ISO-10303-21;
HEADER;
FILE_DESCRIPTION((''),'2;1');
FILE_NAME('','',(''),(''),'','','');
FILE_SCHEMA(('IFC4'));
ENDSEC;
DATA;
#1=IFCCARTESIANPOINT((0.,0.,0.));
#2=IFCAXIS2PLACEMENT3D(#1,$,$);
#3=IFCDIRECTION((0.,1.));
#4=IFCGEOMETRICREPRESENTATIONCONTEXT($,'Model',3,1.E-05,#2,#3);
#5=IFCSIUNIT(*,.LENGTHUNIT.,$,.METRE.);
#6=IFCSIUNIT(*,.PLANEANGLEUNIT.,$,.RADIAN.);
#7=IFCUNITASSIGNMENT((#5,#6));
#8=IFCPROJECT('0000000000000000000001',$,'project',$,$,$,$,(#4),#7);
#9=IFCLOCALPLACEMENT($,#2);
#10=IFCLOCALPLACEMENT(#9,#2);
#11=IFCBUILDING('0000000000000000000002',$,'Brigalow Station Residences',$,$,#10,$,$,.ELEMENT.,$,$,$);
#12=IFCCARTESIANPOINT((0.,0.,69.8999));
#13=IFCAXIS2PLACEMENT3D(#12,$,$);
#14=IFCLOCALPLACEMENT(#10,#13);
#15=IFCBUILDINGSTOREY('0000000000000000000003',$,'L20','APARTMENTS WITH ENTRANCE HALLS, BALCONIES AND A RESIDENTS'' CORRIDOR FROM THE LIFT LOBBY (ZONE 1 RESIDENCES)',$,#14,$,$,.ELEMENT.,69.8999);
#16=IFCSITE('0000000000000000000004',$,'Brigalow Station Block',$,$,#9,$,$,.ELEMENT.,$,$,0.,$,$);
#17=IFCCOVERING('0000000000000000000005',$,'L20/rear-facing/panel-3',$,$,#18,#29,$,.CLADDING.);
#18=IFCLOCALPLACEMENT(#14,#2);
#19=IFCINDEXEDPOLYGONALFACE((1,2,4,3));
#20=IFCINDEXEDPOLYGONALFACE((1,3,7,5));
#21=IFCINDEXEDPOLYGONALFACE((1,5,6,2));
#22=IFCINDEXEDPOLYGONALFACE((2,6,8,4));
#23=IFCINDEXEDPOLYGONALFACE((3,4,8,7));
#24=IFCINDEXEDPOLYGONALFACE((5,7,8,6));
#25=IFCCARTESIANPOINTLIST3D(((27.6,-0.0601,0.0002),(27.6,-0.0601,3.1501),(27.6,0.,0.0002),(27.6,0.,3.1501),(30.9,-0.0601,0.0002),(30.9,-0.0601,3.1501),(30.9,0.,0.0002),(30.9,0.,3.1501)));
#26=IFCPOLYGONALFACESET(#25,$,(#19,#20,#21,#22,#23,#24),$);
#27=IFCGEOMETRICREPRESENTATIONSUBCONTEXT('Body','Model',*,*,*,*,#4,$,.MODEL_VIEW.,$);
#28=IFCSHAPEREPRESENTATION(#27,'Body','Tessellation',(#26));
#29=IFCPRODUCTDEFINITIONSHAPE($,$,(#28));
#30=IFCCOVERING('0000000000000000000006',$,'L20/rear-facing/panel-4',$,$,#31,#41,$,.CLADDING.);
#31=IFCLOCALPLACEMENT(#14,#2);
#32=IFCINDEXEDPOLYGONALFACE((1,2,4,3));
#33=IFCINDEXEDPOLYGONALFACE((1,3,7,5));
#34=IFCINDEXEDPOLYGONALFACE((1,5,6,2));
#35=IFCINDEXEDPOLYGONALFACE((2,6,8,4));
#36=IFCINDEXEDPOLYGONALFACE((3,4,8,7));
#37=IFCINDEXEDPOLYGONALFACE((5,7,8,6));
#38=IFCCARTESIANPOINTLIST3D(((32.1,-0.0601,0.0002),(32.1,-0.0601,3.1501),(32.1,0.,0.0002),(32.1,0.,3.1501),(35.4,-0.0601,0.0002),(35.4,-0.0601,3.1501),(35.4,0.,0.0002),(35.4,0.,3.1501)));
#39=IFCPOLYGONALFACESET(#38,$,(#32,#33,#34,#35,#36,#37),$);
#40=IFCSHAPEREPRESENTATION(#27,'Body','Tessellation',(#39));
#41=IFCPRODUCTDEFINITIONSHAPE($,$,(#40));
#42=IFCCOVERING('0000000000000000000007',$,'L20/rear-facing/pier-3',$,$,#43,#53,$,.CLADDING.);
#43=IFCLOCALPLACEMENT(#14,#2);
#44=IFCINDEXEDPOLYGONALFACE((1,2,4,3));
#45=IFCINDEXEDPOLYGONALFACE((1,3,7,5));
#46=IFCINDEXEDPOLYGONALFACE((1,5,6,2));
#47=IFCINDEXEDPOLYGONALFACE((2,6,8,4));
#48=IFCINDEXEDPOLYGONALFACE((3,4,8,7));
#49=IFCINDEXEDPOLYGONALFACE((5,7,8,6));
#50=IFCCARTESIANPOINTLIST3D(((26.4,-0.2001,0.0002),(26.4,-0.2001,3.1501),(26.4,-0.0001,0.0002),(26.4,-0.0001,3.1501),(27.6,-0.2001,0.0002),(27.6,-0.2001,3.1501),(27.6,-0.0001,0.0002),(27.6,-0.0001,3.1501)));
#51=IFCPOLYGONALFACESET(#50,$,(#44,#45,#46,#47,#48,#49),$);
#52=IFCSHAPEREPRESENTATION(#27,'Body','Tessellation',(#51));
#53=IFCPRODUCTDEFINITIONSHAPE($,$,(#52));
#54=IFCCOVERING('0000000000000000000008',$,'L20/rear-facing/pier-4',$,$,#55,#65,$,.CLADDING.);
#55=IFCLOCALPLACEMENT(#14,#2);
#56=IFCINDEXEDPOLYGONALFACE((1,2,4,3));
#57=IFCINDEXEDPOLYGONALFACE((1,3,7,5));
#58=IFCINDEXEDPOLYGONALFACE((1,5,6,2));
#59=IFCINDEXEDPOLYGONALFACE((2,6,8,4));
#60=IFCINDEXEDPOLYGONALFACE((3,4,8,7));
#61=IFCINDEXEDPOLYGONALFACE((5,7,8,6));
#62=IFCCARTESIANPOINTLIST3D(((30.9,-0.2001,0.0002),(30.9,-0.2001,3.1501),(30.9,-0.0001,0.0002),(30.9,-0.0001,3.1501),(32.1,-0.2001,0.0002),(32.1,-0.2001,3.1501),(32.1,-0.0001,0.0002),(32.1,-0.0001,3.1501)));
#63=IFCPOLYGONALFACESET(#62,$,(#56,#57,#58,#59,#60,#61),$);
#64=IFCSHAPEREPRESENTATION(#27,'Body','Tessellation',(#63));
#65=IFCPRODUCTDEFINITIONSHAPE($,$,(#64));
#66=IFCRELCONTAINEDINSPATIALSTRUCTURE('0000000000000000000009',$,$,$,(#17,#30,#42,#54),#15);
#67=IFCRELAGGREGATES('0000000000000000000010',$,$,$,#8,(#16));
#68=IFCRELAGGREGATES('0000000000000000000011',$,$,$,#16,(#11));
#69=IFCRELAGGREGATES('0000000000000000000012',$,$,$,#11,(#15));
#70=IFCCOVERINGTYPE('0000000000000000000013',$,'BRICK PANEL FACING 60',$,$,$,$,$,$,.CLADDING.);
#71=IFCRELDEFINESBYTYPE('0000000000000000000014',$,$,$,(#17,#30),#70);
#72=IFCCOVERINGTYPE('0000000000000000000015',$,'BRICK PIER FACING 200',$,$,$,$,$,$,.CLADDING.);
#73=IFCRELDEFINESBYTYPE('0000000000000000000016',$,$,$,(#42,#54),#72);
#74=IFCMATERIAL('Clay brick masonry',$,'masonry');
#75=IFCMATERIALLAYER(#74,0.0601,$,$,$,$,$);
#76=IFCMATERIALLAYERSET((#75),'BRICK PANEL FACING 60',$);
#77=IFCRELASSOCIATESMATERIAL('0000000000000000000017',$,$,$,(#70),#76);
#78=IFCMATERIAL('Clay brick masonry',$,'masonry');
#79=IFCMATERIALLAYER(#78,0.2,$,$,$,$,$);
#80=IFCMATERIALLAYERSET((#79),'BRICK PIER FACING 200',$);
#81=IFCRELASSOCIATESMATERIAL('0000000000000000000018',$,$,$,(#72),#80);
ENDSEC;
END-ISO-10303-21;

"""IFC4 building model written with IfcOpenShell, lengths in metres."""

from ifc_helpers import new_model, si_unit, direction, frame, origin, origin_2d, place, context, subcontext, project, spatial, rectangle, extrude, material, layer, layer_set, type_object, element, save


model = new_model("IFC4")

# Units and contexts
model_context = context("Model", 3, precision=1e-05, world=origin(), true_north=direction((0.0, 1.0)))
body_context = subcontext(model_context, "Body", "Model", "MODEL_VIEW")
ifc_project = project(units=[si_unit("LENGTHUNIT", "METRE"), si_unit("PLANEANGLEUNIT", "RADIAN")], contexts=[model_context])

# Site, building, storey
site_placement = place(None, origin())
site = spatial("IfcSite", under=ifc_project, at=site_placement, Name="Brigalow Station Block", CompositionType="ELEMENT", RefElevation=0.0)
building_placement = place(site_placement, origin())
building = spatial("IfcBuilding", under=site, at=building_placement, Name="Brigalow Station Residences", CompositionType="ELEMENT")
storey_placement = place(building_placement, frame((0.0, 0.0, 69.8999)))
storey = spatial("IfcBuildingStorey", under=building, at=storey_placement, Name="L20", Description="APARTMENTS WITH ENTRANCE HALLS, BALCONIES AND A RESIDENTS' CORRIDOR FROM THE LIFT LOBBY (ZONE 1 RESIDENCES)", CompositionType="ELEMENT", Elevation=69.8999)

# Coverings
ifc_material_1 = material(Name="Clay brick masonry", Category="masonry")
ifc_layer_1 = layer(ifc_material_1, 0.0601)
ifc_layer_set_1 = layer_set([ifc_layer_1], Name="BRICK PANEL FACING 60")
covering_type_1 = type_object("IfcCoveringType", Name="BRICK PANEL FACING 60", PredefinedType="CLADDING", material=ifc_layer_set_1)
for number, where, z_axis, x_axis, name in (
    (1, (29.25, -0.03, 0.0002), (0.0, 0.0, 1.0), (1.0, 0.0, 0.0), "L20/rear-facing/panel-3"),
    (2, (33.75, -0.03, 0.0002), (0.0, 0.0, 1.0), (1.0, 0.0, 0.0), "L20/rear-facing/panel-4"),
):
    element("IfcCovering", number, at=place(storey_placement, frame(where, z_axis=z_axis, x_axis=x_axis)), inside=storey, type_object=covering_type_1, Name=name, PredefinedType="CLADDING", context=body_context, shape_type="SweptSolid", body=[
        extrude(rectangle(XDim=3.3, YDim=0.0601, at=origin_2d()), origin(), (0.0, 0.0, 1.0), 3.1499),
    ])
ifc_material_2 = material(Name="Clay brick masonry", Category="masonry")
ifc_layer_2 = layer(ifc_material_2, 0.2)
ifc_layer_set_2 = layer_set([ifc_layer_2], Name="BRICK PIER FACING 200")
covering_type_2 = type_object("IfcCoveringType", Name="BRICK PIER FACING 200", PredefinedType="CLADDING", material=ifc_layer_set_2)
for number, where, z_axis, x_axis, name in (
    (3, (27.0, -0.1001, 0.0002), (0.0, 0.0, 1.0), (1.0, 0.0, 0.0), "L20/rear-facing/pier-3"),
    (4, (31.5, -0.1001, 0.0002), (0.0, 0.0, 1.0), (1.0, 0.0, 0.0), "L20/rear-facing/pier-4"),
):
    element("IfcCovering", number, at=place(storey_placement, frame(where, z_axis=z_axis, x_axis=x_axis)), inside=storey, type_object=covering_type_2, Name=name, PredefinedType="CLADDING", context=body_context, shape_type="SweptSolid", body=[
        extrude(rectangle(XDim=1.2, YDim=0.2, at=origin_2d()), origin(), (0.0, 0.0, 1.0), 3.1499),
    ])

save(model, "model.ifc")
